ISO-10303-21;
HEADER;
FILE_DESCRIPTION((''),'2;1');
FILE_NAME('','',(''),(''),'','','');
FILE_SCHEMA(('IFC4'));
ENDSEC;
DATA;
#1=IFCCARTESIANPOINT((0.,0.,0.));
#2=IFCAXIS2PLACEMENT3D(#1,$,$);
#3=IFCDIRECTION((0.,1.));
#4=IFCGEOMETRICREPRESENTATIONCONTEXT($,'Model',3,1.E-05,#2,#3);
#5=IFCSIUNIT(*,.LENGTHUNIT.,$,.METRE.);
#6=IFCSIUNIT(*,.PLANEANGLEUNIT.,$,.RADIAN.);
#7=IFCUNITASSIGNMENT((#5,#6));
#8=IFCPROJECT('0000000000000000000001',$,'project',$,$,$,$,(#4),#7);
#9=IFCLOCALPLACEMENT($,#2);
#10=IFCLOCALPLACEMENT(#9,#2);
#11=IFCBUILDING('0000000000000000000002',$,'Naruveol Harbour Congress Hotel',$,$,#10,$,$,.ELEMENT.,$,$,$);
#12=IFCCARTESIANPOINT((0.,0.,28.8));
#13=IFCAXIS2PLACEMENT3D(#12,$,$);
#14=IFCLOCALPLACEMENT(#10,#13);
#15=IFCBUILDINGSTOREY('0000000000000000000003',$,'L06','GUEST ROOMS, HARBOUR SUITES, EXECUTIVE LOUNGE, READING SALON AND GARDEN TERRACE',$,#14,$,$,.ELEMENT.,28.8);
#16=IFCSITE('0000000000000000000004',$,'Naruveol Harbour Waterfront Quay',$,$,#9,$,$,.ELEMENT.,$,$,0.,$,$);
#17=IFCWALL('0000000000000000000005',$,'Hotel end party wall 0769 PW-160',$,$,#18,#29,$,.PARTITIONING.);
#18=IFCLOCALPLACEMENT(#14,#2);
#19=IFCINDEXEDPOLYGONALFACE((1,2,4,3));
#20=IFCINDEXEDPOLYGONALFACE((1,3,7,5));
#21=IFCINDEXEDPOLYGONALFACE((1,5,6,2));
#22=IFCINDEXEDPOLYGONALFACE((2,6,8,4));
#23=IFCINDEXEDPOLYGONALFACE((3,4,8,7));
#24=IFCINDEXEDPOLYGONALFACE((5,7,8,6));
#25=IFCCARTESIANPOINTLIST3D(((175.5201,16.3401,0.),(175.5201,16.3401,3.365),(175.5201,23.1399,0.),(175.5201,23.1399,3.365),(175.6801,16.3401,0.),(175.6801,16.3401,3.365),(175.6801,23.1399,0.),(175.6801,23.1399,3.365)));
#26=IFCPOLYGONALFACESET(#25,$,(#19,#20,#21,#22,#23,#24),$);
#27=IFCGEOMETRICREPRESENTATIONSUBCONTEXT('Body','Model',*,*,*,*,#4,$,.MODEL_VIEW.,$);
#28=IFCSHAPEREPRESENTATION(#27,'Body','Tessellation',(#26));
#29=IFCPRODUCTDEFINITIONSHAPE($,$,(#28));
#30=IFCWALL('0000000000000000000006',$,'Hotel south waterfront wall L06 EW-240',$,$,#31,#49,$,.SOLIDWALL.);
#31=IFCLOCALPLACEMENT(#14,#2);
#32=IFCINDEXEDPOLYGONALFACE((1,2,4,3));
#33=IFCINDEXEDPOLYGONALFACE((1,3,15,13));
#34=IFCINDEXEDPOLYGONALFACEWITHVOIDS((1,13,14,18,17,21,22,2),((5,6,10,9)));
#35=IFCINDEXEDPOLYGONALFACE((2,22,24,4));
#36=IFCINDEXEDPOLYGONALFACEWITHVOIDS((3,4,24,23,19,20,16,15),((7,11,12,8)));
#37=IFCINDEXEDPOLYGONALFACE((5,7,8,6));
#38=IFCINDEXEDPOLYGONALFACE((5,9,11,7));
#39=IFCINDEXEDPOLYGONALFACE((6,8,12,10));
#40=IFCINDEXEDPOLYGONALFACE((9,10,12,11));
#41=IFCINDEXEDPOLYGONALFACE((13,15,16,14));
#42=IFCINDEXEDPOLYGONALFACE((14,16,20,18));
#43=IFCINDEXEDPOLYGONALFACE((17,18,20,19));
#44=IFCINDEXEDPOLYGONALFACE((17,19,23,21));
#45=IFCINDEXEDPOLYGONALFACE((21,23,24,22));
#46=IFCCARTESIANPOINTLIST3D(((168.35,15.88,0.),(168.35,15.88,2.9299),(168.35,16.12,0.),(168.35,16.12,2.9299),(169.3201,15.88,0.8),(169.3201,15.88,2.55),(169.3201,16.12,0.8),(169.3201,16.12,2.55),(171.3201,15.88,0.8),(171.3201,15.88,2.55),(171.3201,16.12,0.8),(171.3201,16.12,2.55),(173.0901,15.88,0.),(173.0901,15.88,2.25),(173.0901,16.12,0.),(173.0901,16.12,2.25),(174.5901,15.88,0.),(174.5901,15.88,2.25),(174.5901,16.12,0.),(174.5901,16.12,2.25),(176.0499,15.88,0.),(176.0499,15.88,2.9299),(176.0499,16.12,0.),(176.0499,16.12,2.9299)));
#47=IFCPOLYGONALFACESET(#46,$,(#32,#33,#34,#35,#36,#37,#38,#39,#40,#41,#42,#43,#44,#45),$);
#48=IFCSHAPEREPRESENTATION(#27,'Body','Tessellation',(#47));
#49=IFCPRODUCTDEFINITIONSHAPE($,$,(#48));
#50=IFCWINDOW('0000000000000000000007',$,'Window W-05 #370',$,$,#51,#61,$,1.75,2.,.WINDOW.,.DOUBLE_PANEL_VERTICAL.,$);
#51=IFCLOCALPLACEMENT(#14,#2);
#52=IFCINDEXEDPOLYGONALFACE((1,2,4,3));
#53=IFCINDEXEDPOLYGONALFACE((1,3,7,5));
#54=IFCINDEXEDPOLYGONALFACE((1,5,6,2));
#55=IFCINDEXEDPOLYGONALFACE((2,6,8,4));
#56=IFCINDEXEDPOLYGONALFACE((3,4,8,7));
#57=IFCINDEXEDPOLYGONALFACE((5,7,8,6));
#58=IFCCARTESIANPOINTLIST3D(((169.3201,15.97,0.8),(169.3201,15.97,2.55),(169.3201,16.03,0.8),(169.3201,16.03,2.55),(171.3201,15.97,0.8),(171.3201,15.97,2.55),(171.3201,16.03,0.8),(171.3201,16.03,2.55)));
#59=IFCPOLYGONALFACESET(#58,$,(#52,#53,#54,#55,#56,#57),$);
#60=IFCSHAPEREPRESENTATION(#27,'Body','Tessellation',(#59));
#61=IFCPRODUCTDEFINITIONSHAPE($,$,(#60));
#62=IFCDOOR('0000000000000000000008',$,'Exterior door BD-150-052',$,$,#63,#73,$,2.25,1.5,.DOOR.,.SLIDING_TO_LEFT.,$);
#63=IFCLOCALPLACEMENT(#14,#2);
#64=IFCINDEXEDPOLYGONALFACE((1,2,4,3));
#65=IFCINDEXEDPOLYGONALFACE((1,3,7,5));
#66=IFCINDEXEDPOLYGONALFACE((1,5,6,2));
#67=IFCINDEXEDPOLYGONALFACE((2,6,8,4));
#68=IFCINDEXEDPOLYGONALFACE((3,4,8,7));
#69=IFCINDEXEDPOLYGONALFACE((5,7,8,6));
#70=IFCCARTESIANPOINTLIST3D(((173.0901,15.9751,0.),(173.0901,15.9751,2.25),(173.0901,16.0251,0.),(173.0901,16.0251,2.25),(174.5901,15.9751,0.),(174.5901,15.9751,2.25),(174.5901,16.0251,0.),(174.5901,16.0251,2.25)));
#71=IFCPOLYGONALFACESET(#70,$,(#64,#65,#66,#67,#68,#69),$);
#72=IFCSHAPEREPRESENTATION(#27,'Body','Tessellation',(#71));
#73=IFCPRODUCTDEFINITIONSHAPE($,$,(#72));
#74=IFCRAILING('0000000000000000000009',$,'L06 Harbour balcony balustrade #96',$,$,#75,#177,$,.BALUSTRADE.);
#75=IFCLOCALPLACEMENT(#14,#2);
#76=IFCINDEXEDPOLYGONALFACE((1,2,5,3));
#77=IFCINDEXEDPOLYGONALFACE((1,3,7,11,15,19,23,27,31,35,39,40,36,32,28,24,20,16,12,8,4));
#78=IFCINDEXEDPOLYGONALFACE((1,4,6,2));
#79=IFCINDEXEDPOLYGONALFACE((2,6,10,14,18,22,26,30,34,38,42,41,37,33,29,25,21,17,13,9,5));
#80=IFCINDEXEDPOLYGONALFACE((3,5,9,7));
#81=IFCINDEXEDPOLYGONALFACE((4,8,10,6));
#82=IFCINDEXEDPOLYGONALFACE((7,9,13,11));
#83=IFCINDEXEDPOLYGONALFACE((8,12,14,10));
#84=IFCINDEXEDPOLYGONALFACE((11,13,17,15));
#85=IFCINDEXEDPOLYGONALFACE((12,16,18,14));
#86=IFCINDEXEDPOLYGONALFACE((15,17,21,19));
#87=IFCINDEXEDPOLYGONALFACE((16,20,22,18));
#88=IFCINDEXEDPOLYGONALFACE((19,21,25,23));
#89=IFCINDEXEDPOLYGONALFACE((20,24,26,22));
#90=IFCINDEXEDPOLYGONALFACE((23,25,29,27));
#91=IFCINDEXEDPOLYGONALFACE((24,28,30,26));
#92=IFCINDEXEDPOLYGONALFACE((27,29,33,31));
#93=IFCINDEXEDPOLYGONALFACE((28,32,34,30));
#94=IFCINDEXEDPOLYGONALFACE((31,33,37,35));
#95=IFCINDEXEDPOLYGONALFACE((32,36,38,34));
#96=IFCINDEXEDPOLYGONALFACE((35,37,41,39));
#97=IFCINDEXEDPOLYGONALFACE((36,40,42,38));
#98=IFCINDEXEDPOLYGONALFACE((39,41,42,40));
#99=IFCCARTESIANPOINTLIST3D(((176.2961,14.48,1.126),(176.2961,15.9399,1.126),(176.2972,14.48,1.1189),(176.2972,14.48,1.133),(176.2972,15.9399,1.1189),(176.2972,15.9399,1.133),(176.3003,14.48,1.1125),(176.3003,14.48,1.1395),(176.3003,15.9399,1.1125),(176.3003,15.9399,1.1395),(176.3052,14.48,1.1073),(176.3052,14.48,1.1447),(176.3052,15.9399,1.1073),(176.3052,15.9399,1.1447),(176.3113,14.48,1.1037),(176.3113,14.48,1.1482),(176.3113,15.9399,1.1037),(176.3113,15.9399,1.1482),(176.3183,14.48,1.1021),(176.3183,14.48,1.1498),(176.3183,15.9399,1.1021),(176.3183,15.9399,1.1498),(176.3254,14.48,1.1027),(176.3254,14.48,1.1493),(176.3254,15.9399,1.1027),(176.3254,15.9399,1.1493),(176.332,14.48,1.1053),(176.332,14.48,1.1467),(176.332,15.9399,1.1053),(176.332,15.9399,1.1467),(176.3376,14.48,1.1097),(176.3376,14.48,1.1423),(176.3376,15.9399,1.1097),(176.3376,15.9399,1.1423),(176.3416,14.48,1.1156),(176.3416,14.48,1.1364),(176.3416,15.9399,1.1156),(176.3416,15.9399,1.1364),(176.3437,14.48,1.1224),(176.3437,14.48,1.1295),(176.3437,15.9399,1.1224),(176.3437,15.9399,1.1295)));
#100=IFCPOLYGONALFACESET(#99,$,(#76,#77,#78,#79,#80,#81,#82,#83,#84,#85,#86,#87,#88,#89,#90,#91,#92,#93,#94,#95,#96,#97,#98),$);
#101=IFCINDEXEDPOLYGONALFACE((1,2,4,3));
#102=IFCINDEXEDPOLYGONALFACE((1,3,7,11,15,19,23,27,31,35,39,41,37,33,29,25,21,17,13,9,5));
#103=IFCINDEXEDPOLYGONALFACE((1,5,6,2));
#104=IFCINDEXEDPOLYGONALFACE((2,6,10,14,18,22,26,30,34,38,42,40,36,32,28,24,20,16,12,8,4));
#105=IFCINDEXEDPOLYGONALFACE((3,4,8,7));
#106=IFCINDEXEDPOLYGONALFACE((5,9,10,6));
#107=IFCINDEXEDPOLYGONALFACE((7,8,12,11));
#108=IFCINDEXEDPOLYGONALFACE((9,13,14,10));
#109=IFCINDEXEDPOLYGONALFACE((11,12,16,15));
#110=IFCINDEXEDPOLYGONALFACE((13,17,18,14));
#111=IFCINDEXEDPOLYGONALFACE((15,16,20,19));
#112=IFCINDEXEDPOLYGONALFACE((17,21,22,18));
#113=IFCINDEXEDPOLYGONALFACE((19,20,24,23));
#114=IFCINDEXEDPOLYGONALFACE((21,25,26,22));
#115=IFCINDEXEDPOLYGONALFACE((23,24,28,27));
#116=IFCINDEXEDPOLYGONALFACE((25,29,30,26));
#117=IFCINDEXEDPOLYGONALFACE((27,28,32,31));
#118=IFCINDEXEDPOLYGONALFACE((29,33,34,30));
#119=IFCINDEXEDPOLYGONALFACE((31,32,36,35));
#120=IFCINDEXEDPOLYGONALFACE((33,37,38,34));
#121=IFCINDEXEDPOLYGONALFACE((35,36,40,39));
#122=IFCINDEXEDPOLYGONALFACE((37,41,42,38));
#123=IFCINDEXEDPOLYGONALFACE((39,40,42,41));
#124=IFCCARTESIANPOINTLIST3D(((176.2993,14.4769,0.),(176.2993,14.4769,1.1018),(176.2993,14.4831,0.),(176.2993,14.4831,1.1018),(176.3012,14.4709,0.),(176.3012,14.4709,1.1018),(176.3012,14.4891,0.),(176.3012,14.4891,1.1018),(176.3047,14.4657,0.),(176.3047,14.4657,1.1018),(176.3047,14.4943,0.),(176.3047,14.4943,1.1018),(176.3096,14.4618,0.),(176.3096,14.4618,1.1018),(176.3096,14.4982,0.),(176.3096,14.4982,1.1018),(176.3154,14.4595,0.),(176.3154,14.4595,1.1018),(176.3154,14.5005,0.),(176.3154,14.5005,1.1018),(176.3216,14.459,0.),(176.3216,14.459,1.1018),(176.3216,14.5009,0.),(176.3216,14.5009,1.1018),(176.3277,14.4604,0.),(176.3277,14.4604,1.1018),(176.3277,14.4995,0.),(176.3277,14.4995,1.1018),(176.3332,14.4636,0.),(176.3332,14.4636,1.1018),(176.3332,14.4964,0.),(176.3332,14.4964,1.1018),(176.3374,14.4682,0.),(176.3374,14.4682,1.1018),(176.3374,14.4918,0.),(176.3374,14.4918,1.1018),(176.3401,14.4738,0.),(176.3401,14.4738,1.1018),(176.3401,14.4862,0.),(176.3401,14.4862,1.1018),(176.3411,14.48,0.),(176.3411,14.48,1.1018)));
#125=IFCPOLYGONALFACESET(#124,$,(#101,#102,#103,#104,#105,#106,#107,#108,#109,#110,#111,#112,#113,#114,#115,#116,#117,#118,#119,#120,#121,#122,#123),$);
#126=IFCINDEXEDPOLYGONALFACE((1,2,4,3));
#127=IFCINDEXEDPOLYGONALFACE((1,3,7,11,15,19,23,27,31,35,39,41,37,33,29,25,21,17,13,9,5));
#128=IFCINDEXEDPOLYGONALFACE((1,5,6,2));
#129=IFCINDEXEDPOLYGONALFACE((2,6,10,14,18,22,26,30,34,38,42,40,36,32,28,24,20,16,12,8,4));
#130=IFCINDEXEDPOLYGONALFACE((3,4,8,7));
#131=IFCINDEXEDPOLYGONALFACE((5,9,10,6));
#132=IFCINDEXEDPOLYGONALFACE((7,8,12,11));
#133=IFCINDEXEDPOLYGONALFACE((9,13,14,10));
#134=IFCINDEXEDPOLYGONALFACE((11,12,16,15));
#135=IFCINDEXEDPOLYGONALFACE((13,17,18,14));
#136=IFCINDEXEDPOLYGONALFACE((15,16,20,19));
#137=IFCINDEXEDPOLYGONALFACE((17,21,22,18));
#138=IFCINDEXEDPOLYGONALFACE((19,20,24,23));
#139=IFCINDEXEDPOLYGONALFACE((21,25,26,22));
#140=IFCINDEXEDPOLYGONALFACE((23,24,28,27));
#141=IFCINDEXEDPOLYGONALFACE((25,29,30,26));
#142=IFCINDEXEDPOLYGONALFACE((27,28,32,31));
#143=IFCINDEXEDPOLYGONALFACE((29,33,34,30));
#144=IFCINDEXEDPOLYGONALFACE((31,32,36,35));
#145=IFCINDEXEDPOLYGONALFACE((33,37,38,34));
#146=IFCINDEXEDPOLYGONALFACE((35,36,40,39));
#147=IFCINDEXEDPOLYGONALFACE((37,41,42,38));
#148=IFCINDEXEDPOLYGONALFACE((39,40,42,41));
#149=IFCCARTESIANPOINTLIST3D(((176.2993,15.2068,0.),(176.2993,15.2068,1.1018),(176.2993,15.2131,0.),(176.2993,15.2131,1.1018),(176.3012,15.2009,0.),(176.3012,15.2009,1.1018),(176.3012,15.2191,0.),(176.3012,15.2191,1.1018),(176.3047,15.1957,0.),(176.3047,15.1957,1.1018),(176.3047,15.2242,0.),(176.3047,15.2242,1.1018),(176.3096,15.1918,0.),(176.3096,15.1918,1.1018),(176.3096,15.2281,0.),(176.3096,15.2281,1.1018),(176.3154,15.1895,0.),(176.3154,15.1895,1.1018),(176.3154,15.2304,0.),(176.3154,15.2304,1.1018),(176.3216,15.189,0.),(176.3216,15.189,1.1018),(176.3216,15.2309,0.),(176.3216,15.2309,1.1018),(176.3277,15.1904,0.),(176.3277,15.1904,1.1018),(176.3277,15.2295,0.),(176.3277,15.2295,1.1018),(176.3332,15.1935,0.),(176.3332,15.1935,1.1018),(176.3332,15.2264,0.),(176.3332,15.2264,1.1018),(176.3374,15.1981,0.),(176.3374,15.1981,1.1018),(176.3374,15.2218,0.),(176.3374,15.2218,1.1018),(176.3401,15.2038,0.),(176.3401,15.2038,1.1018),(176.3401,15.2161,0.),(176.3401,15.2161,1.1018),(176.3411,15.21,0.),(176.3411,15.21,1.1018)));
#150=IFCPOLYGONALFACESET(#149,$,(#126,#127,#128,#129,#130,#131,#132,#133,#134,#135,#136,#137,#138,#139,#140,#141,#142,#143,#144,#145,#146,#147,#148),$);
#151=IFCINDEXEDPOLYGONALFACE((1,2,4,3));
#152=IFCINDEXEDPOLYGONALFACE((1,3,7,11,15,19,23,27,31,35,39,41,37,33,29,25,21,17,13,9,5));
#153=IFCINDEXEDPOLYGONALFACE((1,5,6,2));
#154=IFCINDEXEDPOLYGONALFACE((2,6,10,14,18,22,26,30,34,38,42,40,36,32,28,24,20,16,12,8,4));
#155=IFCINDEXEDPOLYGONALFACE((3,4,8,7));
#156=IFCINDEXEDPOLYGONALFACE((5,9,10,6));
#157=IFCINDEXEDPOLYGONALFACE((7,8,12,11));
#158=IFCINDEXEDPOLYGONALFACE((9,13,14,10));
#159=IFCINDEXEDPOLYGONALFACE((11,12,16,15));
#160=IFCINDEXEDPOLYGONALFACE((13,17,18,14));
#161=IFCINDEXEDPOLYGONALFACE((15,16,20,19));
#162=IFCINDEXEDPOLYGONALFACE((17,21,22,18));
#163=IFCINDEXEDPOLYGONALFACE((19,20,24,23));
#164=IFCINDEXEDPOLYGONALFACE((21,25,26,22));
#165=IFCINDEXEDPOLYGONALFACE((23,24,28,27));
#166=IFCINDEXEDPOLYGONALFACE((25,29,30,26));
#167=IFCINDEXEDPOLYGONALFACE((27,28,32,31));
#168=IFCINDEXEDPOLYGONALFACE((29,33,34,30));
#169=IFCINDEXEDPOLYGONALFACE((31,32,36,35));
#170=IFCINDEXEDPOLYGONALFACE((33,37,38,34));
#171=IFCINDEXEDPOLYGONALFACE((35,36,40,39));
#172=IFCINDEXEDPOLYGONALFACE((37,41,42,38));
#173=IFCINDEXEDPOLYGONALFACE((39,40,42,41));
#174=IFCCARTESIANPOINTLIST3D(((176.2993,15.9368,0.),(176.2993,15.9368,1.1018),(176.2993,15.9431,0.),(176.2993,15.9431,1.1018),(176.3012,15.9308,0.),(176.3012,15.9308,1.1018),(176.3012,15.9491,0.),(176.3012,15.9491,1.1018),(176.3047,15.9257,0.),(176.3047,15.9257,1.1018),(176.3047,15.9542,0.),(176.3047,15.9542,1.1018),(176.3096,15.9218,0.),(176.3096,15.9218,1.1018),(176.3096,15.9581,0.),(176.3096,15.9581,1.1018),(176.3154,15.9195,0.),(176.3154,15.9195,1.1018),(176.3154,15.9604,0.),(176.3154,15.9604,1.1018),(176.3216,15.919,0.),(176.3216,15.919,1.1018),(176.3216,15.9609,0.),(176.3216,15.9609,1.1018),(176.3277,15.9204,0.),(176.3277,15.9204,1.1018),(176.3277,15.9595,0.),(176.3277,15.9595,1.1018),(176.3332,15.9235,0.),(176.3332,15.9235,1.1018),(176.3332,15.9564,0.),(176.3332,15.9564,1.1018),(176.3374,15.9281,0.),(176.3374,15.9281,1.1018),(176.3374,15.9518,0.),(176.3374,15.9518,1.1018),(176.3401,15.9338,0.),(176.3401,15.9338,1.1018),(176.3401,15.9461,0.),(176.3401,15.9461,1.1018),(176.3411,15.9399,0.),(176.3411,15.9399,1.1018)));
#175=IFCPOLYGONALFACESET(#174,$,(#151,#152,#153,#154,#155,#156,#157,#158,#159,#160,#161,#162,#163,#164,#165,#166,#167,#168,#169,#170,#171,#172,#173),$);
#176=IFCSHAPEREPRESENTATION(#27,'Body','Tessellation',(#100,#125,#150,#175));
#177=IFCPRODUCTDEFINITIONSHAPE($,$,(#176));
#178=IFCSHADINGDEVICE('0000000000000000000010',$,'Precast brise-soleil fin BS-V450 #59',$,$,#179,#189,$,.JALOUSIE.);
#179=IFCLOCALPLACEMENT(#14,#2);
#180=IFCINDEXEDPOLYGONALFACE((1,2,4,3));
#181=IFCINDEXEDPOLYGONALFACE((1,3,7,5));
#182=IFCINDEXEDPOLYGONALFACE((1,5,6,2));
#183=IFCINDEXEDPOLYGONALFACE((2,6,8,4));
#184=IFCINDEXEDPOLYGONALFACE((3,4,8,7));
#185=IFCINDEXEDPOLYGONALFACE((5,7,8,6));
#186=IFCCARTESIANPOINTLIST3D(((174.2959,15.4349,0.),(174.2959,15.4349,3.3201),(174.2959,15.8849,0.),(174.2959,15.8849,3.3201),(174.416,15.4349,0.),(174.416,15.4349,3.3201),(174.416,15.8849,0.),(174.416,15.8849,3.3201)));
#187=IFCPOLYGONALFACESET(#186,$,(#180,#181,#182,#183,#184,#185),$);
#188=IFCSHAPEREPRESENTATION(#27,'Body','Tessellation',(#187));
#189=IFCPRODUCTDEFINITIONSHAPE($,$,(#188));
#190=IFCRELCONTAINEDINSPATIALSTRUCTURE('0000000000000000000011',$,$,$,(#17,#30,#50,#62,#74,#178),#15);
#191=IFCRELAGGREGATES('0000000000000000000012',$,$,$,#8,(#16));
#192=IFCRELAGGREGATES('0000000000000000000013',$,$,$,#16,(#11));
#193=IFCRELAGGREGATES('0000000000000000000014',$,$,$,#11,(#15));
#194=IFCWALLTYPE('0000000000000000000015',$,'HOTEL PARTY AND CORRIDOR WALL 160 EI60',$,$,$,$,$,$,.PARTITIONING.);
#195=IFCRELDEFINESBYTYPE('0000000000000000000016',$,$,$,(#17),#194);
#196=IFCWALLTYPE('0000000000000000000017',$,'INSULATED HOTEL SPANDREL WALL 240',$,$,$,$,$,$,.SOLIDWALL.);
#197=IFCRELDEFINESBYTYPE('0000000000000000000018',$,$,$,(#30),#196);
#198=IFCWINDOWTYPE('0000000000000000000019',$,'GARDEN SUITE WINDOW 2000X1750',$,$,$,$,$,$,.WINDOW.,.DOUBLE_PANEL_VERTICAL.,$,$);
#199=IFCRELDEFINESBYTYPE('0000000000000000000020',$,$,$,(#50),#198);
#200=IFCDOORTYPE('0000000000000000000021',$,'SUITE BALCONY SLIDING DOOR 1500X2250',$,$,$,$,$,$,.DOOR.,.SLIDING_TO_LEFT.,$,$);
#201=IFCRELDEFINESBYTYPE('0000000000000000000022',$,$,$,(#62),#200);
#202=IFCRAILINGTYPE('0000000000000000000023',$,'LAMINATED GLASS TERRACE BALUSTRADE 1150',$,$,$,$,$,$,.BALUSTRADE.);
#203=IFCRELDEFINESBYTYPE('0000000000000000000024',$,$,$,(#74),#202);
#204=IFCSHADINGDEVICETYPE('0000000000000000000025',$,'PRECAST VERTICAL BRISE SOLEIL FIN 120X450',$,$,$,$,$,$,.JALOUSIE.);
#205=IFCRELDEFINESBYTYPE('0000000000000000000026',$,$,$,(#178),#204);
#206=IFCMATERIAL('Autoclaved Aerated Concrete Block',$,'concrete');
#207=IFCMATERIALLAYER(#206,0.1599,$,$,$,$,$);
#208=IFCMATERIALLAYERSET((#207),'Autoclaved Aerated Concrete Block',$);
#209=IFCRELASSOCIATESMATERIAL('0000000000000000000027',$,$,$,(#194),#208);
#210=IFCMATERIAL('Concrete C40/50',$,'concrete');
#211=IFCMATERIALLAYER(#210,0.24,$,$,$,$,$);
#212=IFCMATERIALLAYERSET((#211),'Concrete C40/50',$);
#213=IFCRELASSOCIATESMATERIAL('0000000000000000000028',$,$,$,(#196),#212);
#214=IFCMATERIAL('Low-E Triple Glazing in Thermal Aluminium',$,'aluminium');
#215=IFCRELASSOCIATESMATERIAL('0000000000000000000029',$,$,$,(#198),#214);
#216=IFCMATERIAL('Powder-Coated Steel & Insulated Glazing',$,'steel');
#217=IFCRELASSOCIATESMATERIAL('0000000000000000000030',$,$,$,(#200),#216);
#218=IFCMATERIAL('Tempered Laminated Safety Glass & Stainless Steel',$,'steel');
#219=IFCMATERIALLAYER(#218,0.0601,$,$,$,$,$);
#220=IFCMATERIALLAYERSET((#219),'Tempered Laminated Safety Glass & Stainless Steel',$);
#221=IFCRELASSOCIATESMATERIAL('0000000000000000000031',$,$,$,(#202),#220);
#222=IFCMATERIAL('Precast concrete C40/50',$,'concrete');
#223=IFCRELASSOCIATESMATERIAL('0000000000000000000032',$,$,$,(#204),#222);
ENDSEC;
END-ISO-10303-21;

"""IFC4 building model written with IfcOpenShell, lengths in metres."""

from ifc_helpers import new_model, si_unit, direction, frame, frame_2d, origin, origin_2d, place, context, subcontext, project, spatial, rectangle, circle, extrude, material, layer, layer_set, type_object, element, fill, save


model = new_model("IFC4")

# Units and contexts
model_context = context("Model", 3, precision=1e-05, world=origin(), true_north=direction((0.0, 1.0)))
body_context = subcontext(model_context, "Body", "Model", "MODEL_VIEW")
ifc_project = project(units=[si_unit("LENGTHUNIT", "METRE"), si_unit("PLANEANGLEUNIT", "RADIAN")], contexts=[model_context])

# Site, building, storey
site_placement = place(None, origin())
site = spatial("IfcSite", under=ifc_project, at=site_placement, Name="Naruveol Harbour Waterfront Quay", CompositionType="ELEMENT", RefElevation=0.0)
building_placement = place(site_placement, origin())
building = spatial("IfcBuilding", under=site, at=building_placement, Name="Naruveol Harbour Congress Hotel", CompositionType="ELEMENT")
storey_placement = place(building_placement, frame((0.0, 0.0, 28.8)))
storey = spatial("IfcBuildingStorey", under=building, at=storey_placement, Name="L06", Description="GUEST ROOMS, HARBOUR SUITES, EXECUTIVE LOUNGE, READING SALON AND GARDEN TERRACE", CompositionType="ELEMENT", Elevation=28.8)

# Shared definitions
ifc_material_1 = material(Name="Autoclaved Aerated Concrete Block", Category="concrete")
ifc_layer_1 = layer(ifc_material_1, 0.1599)
ifc_layer_set_1 = layer_set([ifc_layer_1], Name="Autoclaved Aerated Concrete Block")
wall_type_1 = type_object("IfcWallType", Name="HOTEL PARTY AND CORRIDOR WALL 160 EI60", PredefinedType="PARTITIONING", material=ifc_layer_set_1)

# Wall
for number, where, z_axis, x_axis, name in (
    (1, (175.6001, 16.3401, 0.0), (0.0, 0.0, 1.0), (0.0, 1.0, 0.0), "Hotel end party wall 0769 PW-160"),
):
    element("IfcWall", number, at=place(storey_placement, frame(where, z_axis=z_axis, x_axis=x_axis)), inside=storey, type_object=wall_type_1, Name=name, PredefinedType="PARTITIONING", context=body_context, shape_type="SweptSolid", body=[
        extrude(rectangle(XDim=6.7998, YDim=0.1599, at=frame_2d((3.3999, 0.0))), origin(), (0.0, 0.0, 1.0), 3.365),
    ])

# Wall, openings, window, door
ifc_material_2 = material(Name="Concrete C40/50", Category="concrete")
ifc_layer_2 = layer(ifc_material_2, 0.24)
ifc_layer_set_2 = layer_set([ifc_layer_2], Name="Concrete C40/50")
wall_type_2 = type_object("IfcWallType", Name="INSULATED HOTEL SPANDREL WALL 240", PredefinedType="SOLIDWALL", material=ifc_layer_set_2)
wall_1_placement = place(storey_placement, frame((176.05, 16.0, 0.0), z_axis=(0.0, 0.0, 1.0), x_axis=(-1.0, 0.0, 0.0)))
wall_1 = element("IfcWall", 2, at=wall_1_placement, inside=storey, type_object=wall_type_2, Name="Hotel south waterfront wall L06 EW-240", PredefinedType="SOLIDWALL", context=body_context, shape_type="SweptSolid", body=[
    extrude(rectangle(XDim=7.7, YDim=0.24, at=frame_2d((3.8501, 0.0))), origin(), (0.0, 0.0, 1.0), 2.9299),
])
opening_1_placement = place(wall_1_placement, frame((1.46, 0.0, 0.0)))
opening_1 = element("IfcOpeningElement", 3, at=opening_1_placement, cuts=wall_1, PredefinedType="OPENING", context=body_context, shape_type="SweptSolid", body=[
    extrude(rectangle(XDim=1.5, YDim=2.25, at=frame_2d((0.75, 1.125))), frame((0.0, 0.1299, 0.0), z_axis=(0.0, -1.0, 0.0), x_axis=(1.0, 0.0, 0.0)), (0.0, 0.0, 1.0), 0.26),
])
opening_2_placement = place(wall_1_placement, frame((4.73, 0.0, 0.8)))
opening_2 = element("IfcOpeningElement", 4, at=opening_2_placement, cuts=wall_1, PredefinedType="OPENING", context=body_context, shape_type="SweptSolid", body=[
    extrude(rectangle(XDim=2.0, YDim=1.75, at=frame_2d((1.0, 0.875))), frame((0.0, 0.1299, 0.0), z_axis=(0.0, -1.0, 0.0), x_axis=(1.0, 0.0, 0.0)), (0.0, 0.0, 1.0), 0.26),
])
ifc_material_3 = material(Name="Low-E Triple Glazing in Thermal Aluminium", Category="aluminium")
window_type_1 = type_object("IfcWindowType", Name="GARDEN SUITE WINDOW 2000X1750", PartitioningType="DOUBLE_PANEL_VERTICAL", PredefinedType="WINDOW", material=ifc_material_3)
window_1_placement = place(opening_2_placement, origin())
window_1 = element("IfcWindow", 5, at=window_1_placement, inside=storey, type_object=window_type_1, Name="Window W-05 #370", OverallHeight=1.75, OverallWidth=2.0, PartitioningType="DOUBLE_PANEL_VERTICAL", PredefinedType="WINDOW", context=body_context, shape_type="SweptSolid", body=[
    extrude(rectangle(XDim=2.0, YDim=1.75, at=frame_2d((1.0, 0.875))), frame((0.0, 0.03, 0.0), z_axis=(0.0, -1.0, 0.0), x_axis=(1.0, 0.0, 0.0)), (0.0, 0.0, 1.0), 0.0601),
])
fill(opening_2, window_1)
ifc_material_4 = material(Name="Powder-Coated Steel & Insulated Glazing", Category="steel")
door_type_1 = type_object("IfcDoorType", Name="SUITE BALCONY SLIDING DOOR 1500X2250", OperationType="SLIDING_TO_LEFT", PredefinedType="DOOR", material=ifc_material_4)
door_1_placement = place(opening_1_placement, origin())
door_1 = element("IfcDoor", 6, at=door_1_placement, inside=storey, type_object=door_type_1, Name="Exterior door BD-150-052", OperationType="SLIDING_TO_LEFT", OverallHeight=2.25, OverallWidth=1.5, PredefinedType="DOOR", context=body_context, shape_type="SweptSolid", body=[
    extrude(rectangle(XDim=1.5, YDim=2.25, at=frame_2d((0.75, 1.125))), frame((0.0, 0.0249, 0.0), z_axis=(0.0, -1.0, 0.0), x_axis=(1.0, 0.0, 0.0)), (0.0, 0.0, 1.0), 0.05),
])
fill(opening_1, door_1)

# Railing
ifc_material_5 = material(Name="Tempered Laminated Safety Glass & Stainless Steel", Category="steel")
ifc_layer_3 = layer(ifc_material_5, 0.0601)
ifc_layer_set_3 = layer_set([ifc_layer_3], Name="Tempered Laminated Safety Glass & Stainless Steel")
railing_type = type_object("IfcRailingType", Name="LAMINATED GLASS TERRACE BALUSTRADE 1150", PredefinedType="BALUSTRADE", material=ifc_layer_set_3)
railing_1_placement = place(storey_placement, frame((176.3201, 14.48, 0.0)))
element("IfcRailing", 7, at=railing_1_placement, inside=storey, type_object=railing_type, Name="L06 Harbour balcony balustrade #96", PredefinedType="BALUSTRADE", context=body_context, shape_type="SweptSolid", body=[
    extrude(circle(Radius=0.0239, at=origin_2d()), frame((0.0, 0.0, 1.126), z_axis=(0.0, 1.0, 0.0), x_axis=(-1.0, 0.0, 0.0)), (0.0, 0.0, 1.0), 1.46),
    extrude(circle(Radius=0.021, at=origin_2d()), origin(), (0.0, 0.0, 1.0), 1.1018),
    extrude(circle(Radius=0.021, at=origin_2d()), frame((0.0, 0.73, 0.0)), (0.0, 0.0, 1.0), 1.1018),
    extrude(circle(Radius=0.021, at=origin_2d()), frame((0.0, 1.46, 0.0)), (0.0, 0.0, 1.0), 1.1018),
])

# Shading device
ifc_material_6 = material(Name="Precast concrete C40/50", Category="concrete")
shading_device_type = type_object("IfcShadingDeviceType", Name="PRECAST VERTICAL BRISE SOLEIL FIN 120X450", PredefinedType="JALOUSIE", material=ifc_material_6)
shading_device_placement = place(storey_placement, frame((174.356, 15.6599, 0.0), z_axis=(0.0, 0.0, 1.0), x_axis=(-1.0, 0.0, 0.0)))
element("IfcShadingDevice", 8, at=shading_device_placement, inside=storey, type_object=shading_device_type, Name="Precast brise-soleil fin BS-V450 #59", PredefinedType="JALOUSIE", context=body_context, shape_type="SweptSolid", body=[
    extrude(rectangle(XDim=0.1201, YDim=0.45, at=origin_2d()), origin(), (0.0, 0.0, 1.0), 3.3201),
])

save(model, "model.ifc")
